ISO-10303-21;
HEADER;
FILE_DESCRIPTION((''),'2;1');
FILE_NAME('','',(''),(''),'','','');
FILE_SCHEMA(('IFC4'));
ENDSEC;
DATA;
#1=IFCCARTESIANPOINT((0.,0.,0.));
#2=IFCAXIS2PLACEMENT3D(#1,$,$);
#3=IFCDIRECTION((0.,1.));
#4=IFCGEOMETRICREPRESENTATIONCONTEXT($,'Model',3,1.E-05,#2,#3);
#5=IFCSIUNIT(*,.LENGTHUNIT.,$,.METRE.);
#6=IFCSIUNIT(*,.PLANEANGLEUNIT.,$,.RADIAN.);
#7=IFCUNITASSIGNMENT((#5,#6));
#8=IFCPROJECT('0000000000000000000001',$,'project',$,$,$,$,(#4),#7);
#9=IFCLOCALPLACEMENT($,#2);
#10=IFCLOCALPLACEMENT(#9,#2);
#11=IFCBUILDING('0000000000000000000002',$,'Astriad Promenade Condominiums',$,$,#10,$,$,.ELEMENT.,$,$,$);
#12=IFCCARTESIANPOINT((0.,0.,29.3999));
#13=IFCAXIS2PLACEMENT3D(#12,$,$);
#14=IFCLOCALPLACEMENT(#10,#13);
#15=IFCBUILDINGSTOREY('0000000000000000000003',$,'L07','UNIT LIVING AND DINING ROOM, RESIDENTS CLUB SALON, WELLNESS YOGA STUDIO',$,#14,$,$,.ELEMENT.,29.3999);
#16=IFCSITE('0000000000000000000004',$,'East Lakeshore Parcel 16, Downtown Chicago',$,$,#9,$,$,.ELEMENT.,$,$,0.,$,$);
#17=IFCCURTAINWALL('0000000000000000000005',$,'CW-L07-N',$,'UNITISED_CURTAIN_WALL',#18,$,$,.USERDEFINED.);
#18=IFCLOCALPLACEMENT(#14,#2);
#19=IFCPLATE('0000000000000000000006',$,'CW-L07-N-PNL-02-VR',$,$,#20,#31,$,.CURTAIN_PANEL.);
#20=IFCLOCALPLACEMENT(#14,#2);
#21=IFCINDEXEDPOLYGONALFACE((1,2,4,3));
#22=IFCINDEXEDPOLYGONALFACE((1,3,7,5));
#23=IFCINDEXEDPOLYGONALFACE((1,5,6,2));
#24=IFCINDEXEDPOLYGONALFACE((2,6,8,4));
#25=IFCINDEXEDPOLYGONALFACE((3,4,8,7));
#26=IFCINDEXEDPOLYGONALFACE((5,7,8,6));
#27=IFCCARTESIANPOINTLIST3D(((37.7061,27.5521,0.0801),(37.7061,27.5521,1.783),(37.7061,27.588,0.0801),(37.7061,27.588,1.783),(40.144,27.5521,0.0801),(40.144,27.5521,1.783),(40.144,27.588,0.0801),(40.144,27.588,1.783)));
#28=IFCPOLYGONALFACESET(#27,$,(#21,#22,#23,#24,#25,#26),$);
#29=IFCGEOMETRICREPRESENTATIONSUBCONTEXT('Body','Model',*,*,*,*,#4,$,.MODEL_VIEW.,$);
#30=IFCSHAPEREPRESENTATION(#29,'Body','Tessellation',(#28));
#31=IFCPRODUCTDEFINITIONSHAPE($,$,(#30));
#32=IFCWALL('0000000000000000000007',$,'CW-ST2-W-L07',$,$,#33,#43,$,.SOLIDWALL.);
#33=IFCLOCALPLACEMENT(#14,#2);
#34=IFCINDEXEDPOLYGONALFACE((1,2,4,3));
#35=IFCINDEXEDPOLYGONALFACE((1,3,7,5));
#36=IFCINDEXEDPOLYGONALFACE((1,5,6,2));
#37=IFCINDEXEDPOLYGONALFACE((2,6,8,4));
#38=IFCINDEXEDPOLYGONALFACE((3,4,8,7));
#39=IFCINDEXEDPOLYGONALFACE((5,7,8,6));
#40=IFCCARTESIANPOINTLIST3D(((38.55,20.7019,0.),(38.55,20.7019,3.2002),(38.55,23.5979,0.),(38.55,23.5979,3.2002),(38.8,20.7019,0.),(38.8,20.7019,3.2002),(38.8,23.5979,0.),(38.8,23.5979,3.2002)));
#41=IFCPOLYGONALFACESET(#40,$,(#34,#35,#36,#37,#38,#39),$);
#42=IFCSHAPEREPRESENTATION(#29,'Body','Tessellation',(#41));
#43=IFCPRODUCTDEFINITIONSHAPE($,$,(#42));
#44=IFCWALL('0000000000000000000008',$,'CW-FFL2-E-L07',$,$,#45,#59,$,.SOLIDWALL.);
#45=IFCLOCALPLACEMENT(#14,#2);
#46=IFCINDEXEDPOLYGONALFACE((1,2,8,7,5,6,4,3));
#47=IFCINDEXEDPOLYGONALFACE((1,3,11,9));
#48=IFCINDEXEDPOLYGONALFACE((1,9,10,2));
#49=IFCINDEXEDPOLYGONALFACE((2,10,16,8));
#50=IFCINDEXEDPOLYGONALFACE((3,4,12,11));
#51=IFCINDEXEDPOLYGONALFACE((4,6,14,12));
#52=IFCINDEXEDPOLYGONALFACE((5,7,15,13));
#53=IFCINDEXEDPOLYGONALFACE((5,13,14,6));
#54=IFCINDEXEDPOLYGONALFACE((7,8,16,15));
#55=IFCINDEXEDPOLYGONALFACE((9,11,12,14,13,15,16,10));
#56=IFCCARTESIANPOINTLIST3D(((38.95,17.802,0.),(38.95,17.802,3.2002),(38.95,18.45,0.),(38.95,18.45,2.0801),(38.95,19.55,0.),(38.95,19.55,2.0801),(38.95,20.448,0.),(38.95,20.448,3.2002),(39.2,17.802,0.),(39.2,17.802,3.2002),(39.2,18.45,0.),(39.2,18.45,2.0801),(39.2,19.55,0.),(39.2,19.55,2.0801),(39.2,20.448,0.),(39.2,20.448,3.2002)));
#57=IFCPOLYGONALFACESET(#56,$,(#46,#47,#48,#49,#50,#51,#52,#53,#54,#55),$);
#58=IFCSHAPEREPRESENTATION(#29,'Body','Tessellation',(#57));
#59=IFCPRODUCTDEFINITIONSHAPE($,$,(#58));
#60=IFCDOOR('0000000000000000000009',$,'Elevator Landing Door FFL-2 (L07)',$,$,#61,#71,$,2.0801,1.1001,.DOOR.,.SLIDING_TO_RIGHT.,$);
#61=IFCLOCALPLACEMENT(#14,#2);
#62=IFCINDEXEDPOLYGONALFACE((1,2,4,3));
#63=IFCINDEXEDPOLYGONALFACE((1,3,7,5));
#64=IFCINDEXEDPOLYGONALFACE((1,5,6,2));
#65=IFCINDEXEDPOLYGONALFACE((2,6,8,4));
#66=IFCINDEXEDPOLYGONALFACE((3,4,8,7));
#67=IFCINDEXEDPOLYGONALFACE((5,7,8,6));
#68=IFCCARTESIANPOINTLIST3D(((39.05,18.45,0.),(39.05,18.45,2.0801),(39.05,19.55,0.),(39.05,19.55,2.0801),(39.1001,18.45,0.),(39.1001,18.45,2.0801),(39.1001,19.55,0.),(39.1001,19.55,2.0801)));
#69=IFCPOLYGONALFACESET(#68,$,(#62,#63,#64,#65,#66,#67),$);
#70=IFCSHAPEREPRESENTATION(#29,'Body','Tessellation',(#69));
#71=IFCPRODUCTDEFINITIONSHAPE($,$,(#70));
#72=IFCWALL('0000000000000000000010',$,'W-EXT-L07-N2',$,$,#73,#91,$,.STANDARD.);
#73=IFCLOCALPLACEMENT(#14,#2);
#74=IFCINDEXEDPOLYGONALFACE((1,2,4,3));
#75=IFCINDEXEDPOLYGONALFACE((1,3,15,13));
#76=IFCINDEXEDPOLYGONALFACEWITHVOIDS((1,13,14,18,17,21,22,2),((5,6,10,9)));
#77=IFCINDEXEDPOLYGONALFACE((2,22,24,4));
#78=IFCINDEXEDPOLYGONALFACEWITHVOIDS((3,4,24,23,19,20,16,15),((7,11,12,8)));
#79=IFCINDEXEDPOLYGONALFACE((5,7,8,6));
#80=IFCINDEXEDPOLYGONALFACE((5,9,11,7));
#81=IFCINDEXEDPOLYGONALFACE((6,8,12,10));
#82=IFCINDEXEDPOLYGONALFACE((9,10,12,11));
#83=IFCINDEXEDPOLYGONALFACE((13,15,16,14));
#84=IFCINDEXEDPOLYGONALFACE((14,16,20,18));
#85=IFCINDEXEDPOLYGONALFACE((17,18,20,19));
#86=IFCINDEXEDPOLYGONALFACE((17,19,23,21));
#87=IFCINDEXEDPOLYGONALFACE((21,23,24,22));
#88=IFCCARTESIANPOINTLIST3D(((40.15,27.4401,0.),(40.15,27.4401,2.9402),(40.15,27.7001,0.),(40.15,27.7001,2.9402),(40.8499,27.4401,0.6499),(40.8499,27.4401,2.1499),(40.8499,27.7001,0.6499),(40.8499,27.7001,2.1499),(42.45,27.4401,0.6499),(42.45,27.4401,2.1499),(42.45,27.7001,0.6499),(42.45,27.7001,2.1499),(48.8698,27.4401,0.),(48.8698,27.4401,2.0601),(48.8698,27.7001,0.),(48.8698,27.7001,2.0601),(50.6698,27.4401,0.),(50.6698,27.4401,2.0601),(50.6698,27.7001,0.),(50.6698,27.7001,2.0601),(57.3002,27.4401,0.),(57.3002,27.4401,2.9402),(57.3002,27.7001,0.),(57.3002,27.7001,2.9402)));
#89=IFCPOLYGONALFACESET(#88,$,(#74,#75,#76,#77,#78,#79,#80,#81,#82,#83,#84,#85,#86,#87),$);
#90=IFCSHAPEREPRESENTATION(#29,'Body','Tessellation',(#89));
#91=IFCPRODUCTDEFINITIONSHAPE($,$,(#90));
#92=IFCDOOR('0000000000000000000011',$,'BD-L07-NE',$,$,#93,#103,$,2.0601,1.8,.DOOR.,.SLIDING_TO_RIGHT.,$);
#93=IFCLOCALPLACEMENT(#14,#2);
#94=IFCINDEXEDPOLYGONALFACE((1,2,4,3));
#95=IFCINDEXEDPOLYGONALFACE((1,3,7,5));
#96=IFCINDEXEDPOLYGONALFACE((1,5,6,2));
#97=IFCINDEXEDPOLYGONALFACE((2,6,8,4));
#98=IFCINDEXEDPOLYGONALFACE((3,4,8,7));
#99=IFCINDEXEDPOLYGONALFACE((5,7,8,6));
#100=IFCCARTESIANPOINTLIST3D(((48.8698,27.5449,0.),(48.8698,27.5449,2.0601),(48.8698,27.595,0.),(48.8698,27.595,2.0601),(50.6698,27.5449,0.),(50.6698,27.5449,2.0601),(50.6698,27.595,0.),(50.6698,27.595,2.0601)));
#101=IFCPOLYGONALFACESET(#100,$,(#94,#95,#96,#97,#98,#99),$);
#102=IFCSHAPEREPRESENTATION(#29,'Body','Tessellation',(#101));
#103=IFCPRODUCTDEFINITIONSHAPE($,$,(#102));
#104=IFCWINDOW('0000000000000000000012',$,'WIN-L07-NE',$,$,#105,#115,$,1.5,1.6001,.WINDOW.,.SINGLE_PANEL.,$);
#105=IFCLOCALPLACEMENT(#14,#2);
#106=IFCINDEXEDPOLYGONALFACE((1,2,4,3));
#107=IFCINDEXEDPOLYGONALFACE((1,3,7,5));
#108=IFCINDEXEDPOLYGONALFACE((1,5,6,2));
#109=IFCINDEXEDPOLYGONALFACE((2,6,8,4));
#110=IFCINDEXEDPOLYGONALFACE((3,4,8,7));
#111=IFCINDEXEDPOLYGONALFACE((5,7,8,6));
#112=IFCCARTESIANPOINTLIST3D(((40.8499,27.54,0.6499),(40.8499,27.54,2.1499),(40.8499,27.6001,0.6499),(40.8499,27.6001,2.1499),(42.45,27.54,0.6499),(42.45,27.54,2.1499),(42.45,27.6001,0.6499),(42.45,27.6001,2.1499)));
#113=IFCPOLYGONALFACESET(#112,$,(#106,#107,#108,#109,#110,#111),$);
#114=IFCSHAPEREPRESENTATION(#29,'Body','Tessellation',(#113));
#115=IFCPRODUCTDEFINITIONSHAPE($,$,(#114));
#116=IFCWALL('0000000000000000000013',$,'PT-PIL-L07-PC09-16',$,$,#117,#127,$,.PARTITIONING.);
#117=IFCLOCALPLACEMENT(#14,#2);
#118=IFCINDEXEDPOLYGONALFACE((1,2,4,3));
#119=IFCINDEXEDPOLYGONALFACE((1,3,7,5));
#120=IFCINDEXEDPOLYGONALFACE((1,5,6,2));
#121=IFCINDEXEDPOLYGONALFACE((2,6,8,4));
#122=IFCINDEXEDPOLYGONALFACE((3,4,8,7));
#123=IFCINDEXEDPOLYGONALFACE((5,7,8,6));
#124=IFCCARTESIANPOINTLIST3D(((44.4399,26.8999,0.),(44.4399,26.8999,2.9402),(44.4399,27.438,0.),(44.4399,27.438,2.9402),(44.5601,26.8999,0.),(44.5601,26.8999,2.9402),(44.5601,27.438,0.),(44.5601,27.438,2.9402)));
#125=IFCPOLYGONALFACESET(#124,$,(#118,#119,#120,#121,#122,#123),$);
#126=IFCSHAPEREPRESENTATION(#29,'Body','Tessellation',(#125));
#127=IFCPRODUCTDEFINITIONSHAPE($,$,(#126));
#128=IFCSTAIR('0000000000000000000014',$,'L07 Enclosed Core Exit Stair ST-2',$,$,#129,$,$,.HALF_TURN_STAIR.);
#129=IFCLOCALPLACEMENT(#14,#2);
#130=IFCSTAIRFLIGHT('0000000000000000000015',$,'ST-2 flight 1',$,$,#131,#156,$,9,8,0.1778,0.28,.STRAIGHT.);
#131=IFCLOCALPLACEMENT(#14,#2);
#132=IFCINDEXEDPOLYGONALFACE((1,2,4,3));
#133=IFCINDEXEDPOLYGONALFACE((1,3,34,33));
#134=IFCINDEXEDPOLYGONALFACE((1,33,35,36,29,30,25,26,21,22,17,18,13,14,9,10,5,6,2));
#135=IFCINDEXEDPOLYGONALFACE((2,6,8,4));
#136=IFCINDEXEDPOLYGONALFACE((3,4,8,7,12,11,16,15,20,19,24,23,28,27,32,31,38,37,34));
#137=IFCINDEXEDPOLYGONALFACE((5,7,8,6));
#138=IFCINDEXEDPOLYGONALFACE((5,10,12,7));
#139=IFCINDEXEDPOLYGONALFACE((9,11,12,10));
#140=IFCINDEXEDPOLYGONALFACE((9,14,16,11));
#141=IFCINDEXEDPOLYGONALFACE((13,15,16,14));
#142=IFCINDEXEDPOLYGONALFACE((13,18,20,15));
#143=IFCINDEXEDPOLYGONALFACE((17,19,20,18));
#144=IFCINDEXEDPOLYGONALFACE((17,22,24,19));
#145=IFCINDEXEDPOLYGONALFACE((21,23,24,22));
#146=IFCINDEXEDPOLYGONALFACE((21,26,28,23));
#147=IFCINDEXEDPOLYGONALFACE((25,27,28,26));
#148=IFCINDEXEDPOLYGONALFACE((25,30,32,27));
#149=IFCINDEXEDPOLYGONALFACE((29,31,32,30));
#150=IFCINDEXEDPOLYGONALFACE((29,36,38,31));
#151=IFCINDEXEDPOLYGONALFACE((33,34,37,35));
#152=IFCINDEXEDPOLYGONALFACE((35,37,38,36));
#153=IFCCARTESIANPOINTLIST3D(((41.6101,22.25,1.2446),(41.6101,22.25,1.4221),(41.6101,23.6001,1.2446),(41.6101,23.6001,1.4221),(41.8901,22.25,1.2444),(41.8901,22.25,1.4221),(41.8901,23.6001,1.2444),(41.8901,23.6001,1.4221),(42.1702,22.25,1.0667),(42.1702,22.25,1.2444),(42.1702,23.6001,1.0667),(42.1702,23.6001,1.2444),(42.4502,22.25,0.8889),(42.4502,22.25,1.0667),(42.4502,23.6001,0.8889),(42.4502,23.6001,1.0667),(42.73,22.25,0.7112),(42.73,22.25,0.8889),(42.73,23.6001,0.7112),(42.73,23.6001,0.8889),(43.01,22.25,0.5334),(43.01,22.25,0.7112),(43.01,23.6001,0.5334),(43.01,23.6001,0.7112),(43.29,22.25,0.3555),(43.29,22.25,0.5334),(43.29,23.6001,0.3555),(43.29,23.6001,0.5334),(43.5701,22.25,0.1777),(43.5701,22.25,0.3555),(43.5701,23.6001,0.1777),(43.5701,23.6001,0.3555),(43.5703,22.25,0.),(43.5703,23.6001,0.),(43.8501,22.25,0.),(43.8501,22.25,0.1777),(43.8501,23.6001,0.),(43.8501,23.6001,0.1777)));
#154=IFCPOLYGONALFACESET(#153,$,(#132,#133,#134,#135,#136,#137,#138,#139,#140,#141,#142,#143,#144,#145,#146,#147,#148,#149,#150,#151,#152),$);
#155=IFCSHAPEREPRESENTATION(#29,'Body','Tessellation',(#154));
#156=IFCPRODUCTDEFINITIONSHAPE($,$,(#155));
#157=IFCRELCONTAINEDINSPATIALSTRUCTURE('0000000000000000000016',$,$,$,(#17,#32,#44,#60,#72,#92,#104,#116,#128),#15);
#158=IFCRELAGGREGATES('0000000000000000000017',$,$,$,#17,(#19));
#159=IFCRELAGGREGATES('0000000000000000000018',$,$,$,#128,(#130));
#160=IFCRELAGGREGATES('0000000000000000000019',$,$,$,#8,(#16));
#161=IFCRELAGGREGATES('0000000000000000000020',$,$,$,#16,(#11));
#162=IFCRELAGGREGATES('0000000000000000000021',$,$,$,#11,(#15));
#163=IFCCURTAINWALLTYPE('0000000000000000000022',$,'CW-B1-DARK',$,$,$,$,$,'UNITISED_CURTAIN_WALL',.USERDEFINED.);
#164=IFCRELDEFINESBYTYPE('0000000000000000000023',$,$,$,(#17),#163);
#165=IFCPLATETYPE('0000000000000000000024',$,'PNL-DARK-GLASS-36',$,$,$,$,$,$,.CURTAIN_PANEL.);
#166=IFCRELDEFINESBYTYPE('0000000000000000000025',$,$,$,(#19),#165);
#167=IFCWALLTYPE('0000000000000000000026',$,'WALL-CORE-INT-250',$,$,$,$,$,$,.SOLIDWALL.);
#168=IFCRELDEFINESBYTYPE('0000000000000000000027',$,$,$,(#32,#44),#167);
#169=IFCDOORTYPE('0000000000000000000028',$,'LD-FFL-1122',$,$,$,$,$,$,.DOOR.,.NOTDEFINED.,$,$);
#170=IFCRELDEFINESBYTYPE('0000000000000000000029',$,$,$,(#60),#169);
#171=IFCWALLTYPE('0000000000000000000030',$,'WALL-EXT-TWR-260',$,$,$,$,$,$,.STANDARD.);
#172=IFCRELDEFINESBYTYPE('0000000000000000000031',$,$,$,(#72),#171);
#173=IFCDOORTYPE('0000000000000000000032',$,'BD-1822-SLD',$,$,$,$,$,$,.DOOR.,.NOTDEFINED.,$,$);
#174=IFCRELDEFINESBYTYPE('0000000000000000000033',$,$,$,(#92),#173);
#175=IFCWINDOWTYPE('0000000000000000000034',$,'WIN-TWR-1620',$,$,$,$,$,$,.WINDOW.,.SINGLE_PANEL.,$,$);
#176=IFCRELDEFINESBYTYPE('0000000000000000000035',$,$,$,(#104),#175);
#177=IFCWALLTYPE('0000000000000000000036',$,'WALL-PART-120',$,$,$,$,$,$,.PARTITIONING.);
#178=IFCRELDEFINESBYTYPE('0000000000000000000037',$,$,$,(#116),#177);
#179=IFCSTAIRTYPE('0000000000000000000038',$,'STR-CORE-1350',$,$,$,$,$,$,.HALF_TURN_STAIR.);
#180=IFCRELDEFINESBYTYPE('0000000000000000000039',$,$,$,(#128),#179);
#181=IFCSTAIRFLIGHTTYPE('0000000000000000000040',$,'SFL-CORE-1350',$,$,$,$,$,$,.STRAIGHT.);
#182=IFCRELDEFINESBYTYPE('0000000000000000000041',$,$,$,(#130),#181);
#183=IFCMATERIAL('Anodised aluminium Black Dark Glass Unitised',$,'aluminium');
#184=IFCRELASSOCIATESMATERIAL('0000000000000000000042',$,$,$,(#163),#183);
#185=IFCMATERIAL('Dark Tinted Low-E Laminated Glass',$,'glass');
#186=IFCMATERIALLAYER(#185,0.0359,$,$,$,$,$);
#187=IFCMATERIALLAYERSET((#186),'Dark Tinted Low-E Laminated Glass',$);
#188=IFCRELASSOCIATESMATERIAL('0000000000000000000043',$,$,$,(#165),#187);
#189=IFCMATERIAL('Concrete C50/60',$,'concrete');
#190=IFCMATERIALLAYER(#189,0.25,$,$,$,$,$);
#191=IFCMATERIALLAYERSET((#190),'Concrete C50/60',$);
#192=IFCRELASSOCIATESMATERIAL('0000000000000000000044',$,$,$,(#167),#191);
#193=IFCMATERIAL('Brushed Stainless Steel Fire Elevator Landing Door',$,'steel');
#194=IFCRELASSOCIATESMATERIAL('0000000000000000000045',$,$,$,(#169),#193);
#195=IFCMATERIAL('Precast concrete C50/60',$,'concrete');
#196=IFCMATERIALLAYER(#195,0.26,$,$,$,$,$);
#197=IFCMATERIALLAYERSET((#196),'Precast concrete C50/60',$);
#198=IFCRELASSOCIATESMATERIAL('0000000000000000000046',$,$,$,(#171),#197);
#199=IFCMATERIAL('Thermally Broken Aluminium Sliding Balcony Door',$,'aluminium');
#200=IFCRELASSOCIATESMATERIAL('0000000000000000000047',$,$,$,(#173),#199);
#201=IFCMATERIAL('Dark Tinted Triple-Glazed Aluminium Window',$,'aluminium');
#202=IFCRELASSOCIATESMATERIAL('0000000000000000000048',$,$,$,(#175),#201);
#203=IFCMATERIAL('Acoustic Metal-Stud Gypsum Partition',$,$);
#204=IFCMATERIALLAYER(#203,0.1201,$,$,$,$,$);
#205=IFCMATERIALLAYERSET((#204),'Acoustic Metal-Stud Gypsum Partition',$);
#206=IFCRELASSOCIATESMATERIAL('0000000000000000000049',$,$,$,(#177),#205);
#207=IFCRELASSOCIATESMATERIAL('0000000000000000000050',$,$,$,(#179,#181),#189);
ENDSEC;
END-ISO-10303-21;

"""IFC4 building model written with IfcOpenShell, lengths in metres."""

from ifc_helpers import new_model, si_unit, direction, frame, frame_2d, origin, origin_2d, place, context, subcontext, project, spatial, polyline, rectangle, outline, extrude, source, transform, mapped, material, layer, layer_set, type_object, type_shapes, element, fill, aggregate, save


model = new_model("IFC4")

# Units and contexts
model_context = context("Model", 3, precision=1e-05, world=origin(), true_north=direction((0.0, 1.0)))
body_context = subcontext(model_context, "Body", "Model", "MODEL_VIEW")
ifc_project = project(units=[si_unit("LENGTHUNIT", "METRE"), si_unit("PLANEANGLEUNIT", "RADIAN")], contexts=[model_context])

# Site, building, storey
site_placement = place(None, origin())
site = spatial("IfcSite", under=ifc_project, at=site_placement, Name="East Lakeshore Parcel 16, Downtown Chicago", CompositionType="ELEMENT", RefElevation=0.0)
building_placement = place(site_placement, origin())
building = spatial("IfcBuilding", under=site, at=building_placement, Name="Astriad Promenade Condominiums", CompositionType="ELEMENT")
storey_placement = place(building_placement, frame((0.0, 0.0, 29.3999)))
storey = spatial("IfcBuildingStorey", under=building, at=storey_placement, Name="L07", Description="UNIT LIVING AND DINING ROOM, RESIDENTS CLUB SALON, WELLNESS YOGA STUDIO", CompositionType="ELEMENT", Elevation=29.3999)

# Curtain wall, plate
ifc_material_1 = material(Name="Anodised aluminium Black Dark Glass Unitised", Category="aluminium")
curtain_wall_type = type_object("IfcCurtainWallType", Name="CW-B1-DARK", ElementType="UNITISED_CURTAIN_WALL", PredefinedType="USERDEFINED", material=ifc_material_1)
curtain_wall_placement = place(storey_placement, origin())
curtain_wall = element("IfcCurtainWall", 1, at=curtain_wall_placement, inside=storey, type_object=curtain_wall_type, Name="CW-L07-N", ObjectType="UNITISED_CURTAIN_WALL", PredefinedType="USERDEFINED")
ifc_material_2 = material(Name="Dark Tinted Low-E Laminated Glass", Category="glass")
ifc_layer_1 = layer(ifc_material_2, 0.0359)
ifc_layer_set_1 = layer_set([ifc_layer_1], Name="Dark Tinted Low-E Laminated Glass")
plate_type = type_object("IfcPlateType", Name="PNL-DARK-GLASS-36", PredefinedType="CURTAIN_PANEL", material=ifc_layer_set_1)
shared_shape_1 = source(origin(), body_context, "Body", "SweptSolid", [
    extrude(rectangle(XDim=2.438, YDim=0.0359, at=origin_2d()), origin(), (0.0, 0.0, 1.0), 1.7029),
])
type_shapes(plate_type, [shared_shape_1])
plate_placement = place(storey_placement, frame((38.925, 27.5701, 0.0801), z_axis=(0.0, 0.0, 1.0), x_axis=(1.0, 0.0, 0.0)))
plate = element("IfcPlate", 2, at=plate_placement, type_object=plate_type, Name="CW-L07-N-PNL-02-VR", PredefinedType="CURTAIN_PANEL", context=body_context, shape_type="MappedRepresentation", body=[
    mapped(shared_shape_1, transform((0.0, 0.0, 0.0), scale=1.0)),
])
aggregate(curtain_wall, [plate])

# Wall
ifc_material_3 = material(Name="Concrete C50/60", Category="concrete")
ifc_layer_2 = layer(ifc_material_3, 0.25)
ifc_layer_set_2 = layer_set([ifc_layer_2], Name="Concrete C50/60")
wall_type_1 = type_object("IfcWallType", Name="WALL-CORE-INT-250", PredefinedType="SOLIDWALL", material=ifc_layer_set_2)
wall_1_placement = place(storey_placement, frame((38.675, 20.7019, 0.0), z_axis=(0.0, 0.0, 1.0), x_axis=(0.0, 1.0, 0.0)))
element("IfcWall", 3, at=wall_1_placement, inside=storey, type_object=wall_type_1, Name="CW-ST2-W-L07", PredefinedType="SOLIDWALL", context=body_context, shape_type="SweptSolid", body=[
    extrude(rectangle(XDim=2.896, YDim=0.25, at=frame_2d((1.448, 0.0))), origin(), (0.0, 0.0, 1.0), 3.2002),
])

# Wall, opening, door
wall_2_placement = place(storey_placement, frame((39.075, 17.802, 0.0), z_axis=(0.0, 0.0, 1.0), x_axis=(0.0, 1.0, 0.0)))
wall_2 = element("IfcWall", 4, at=wall_2_placement, inside=storey, type_object=wall_type_1, Name="CW-FFL2-E-L07", PredefinedType="SOLIDWALL", context=body_context, shape_type="SweptSolid", body=[
    extrude(rectangle(XDim=2.646, YDim=0.25, at=frame_2d((1.323, 0.0))), origin(), (0.0, 0.0, 1.0), 3.2002),
])
opening_1_placement = place(wall_2_placement, frame((0.6479, 0.0, 0.0)))
opening_1 = element("IfcOpeningElement", 5, at=opening_1_placement, cuts=wall_2, PredefinedType="OPENING", context=body_context, shape_type="SweptSolid", body=[
    extrude(rectangle(XDim=1.1001, YDim=2.0801, at=frame_2d((0.55, 1.04))), frame((0.0, 0.135, 0.0), z_axis=(0.0, -1.0, 0.0), x_axis=(1.0, 0.0, 0.0)), (0.0, 0.0, 1.0), 0.27),
])
ifc_material_4 = material(Name="Brushed Stainless Steel Fire Elevator Landing Door", Category="steel")
door_type_1 = type_object("IfcDoorType", Name="LD-FFL-1122", OperationType="NOTDEFINED", PredefinedType="DOOR", material=ifc_material_4)
shared_shape_2 = source(origin(), body_context, "Body", "SweptSolid", [
    extrude(rectangle(XDim=1.1001, YDim=2.0801, at=frame_2d((0.55, 1.04))), frame((0.0, 0.0249, 0.0), z_axis=(0.0, -1.0, 0.0), x_axis=(1.0, 0.0, 0.0)), (0.0, 0.0, 1.0), 0.05),
])
type_shapes(door_type_1, [shared_shape_2])
door_1_placement = place(opening_1_placement, origin())
door_1 = element("IfcDoor", 6, at=door_1_placement, inside=storey, type_object=door_type_1, Name="Elevator Landing Door FFL-2 (L07)", OperationType="SLIDING_TO_RIGHT", OverallHeight=2.0801, OverallWidth=1.1001, PredefinedType="DOOR", context=body_context, shape_type="MappedRepresentation", body=[
    mapped(shared_shape_2, transform((0.0, 0.0, 0.0), scale=1.0)),
])
fill(opening_1, door_1)

# Wall, openings, door, window
ifc_material_5 = material(Name="Precast concrete C50/60", Category="concrete")
ifc_layer_3 = layer(ifc_material_5, 0.26)
ifc_layer_set_3 = layer_set([ifc_layer_3], Name="Precast concrete C50/60")
wall_type_2 = type_object("IfcWallType", Name="WALL-EXT-TWR-260", PredefinedType="STANDARD", material=ifc_layer_set_3)
wall_3_placement = place(storey_placement, frame((40.1499, 27.5701, 0.0), z_axis=(0.0, 0.0, 1.0), x_axis=(1.0, 0.0, 0.0)))
wall_3 = element("IfcWall", 7, at=wall_3_placement, inside=storey, type_object=wall_type_2, Name="W-EXT-L07-N2", PredefinedType="STANDARD", context=body_context, shape_type="SweptSolid", body=[
    extrude(rectangle(XDim=17.1501, YDim=0.26, at=frame_2d((8.5752, 0.0))), origin(), (0.0, 0.0, 1.0), 2.9402),
])
opening_2_placement = place(wall_3_placement, frame((8.72, 0.0, 0.0)))
opening_2 = element("IfcOpeningElement", 8, at=opening_2_placement, cuts=wall_3, PredefinedType="OPENING", context=body_context, shape_type="SweptSolid", body=[
    extrude(rectangle(XDim=1.8, YDim=2.0601, at=frame_2d((0.8999, 1.03))), frame((0.0, 0.1399, 0.0), z_axis=(0.0, -1.0, 0.0), x_axis=(1.0, 0.0, 0.0)), (0.0, 0.0, 1.0), 0.28),
])
opening_3_placement = place(wall_3_placement, frame((0.7, 0.0, 0.6499)))
opening_3 = element("IfcOpeningElement", 9, at=opening_3_placement, cuts=wall_3, PredefinedType="OPENING", context=body_context, shape_type="SweptSolid", body=[
    extrude(rectangle(XDim=1.6001, YDim=1.5, at=frame_2d((0.8, 0.75))), frame((0.0, 0.1399, 0.0), z_axis=(0.0, -1.0, 0.0), x_axis=(1.0, 0.0, 0.0)), (0.0, 0.0, 1.0), 0.28),
])
ifc_material_6 = material(Name="Thermally Broken Aluminium Sliding Balcony Door", Category="aluminium")
door_type_2 = type_object("IfcDoorType", Name="BD-1822-SLD", OperationType="NOTDEFINED", PredefinedType="DOOR", material=ifc_material_6)
shared_shape_3 = source(origin(), body_context, "Body", "SweptSolid", [
    extrude(rectangle(XDim=1.8, YDim=2.0601, at=frame_2d((0.8999, 1.03))), frame((0.0, 0.0249, 0.0), z_axis=(0.0, -1.0, 0.0), x_axis=(1.0, 0.0, 0.0)), (0.0, 0.0, 1.0), 0.05),
])
type_shapes(door_type_2, [shared_shape_3])
door_2_placement = place(opening_2_placement, origin())
door_2 = element("IfcDoor", 10, at=door_2_placement, inside=storey, type_object=door_type_2, Name="BD-L07-NE", OperationType="SLIDING_TO_RIGHT", OverallHeight=2.0601, OverallWidth=1.8, PredefinedType="DOOR", context=body_context, shape_type="MappedRepresentation", body=[
    mapped(shared_shape_3, transform((0.0, 0.0, 0.0), scale=1.0)),
])
fill(opening_2, door_2)
ifc_material_7 = material(Name="Dark Tinted Triple-Glazed Aluminium Window", Category="aluminium")
window_type = type_object("IfcWindowType", Name="WIN-TWR-1620", PartitioningType="SINGLE_PANEL", PredefinedType="WINDOW", material=ifc_material_7)
shared_shape_4 = source(origin(), body_context, "Body", "SweptSolid", [
    extrude(rectangle(XDim=1.6001, YDim=1.5, at=frame_2d((0.8, 0.75))), frame((0.0, 0.03, 0.0), z_axis=(0.0, -1.0, 0.0), x_axis=(1.0, 0.0, 0.0)), (0.0, 0.0, 1.0), 0.0601),
])
type_shapes(window_type, [shared_shape_4])
window_placement = place(opening_3_placement, origin())
window = element("IfcWindow", 11, at=window_placement, inside=storey, type_object=window_type, Name="WIN-L07-NE", OverallHeight=1.5, OverallWidth=1.6001, PartitioningType="SINGLE_PANEL", PredefinedType="WINDOW", context=body_context, shape_type="MappedRepresentation", body=[
    mapped(shared_shape_4, transform((0.0, 0.0, 0.0), scale=1.0)),
])
fill(opening_3, window)

# Wall
ifc_material_8 = material(Name="Acoustic Metal-Stud Gypsum Partition")
ifc_layer_4 = layer(ifc_material_8, 0.1201)
ifc_layer_set_4 = layer_set([ifc_layer_4], Name="Acoustic Metal-Stud Gypsum Partition")
wall_type_3 = type_object("IfcWallType", Name="WALL-PART-120", PredefinedType="PARTITIONING", material=ifc_layer_set_4)
wall_4_placement = place(storey_placement, frame((44.5, 26.8999, 0.0), z_axis=(0.0, 0.0, 1.0), x_axis=(0.0, 1.0, 0.0)))
element("IfcWall", 12, at=wall_4_placement, inside=storey, type_object=wall_type_3, Name="PT-PIL-L07-PC09-16", PredefinedType="PARTITIONING", context=body_context, shape_type="SweptSolid", body=[
    extrude(rectangle(XDim=0.5381, YDim=0.1201, at=frame_2d((0.269, 0.0))), origin(), (0.0, 0.0, 1.0), 2.9402),
])

# Stair, stair flight
stair_type = type_object("IfcStairType", Name="STR-CORE-1350", PredefinedType="HALF_TURN_STAIR", material=ifc_material_3)
stair_placement = place(storey_placement, origin())
stair = element("IfcStair", 13, at=stair_placement, inside=storey, type_object=stair_type, Name="L07 Enclosed Core Exit Stair ST-2", PredefinedType="HALF_TURN_STAIR")
stair_flight_type = type_object("IfcStairFlightType", Name="SFL-CORE-1350", PredefinedType="STRAIGHT", material=ifc_material_3)
shared_shape_5 = source(origin(), body_context, "Body", "SweptSolid", [
    extrude(outline(polyline([(0.0, 0.0), (0.0, 0.1777), (0.28, 0.1777), (0.28, 0.3555), (0.5601, 0.3555), (0.5601, 0.5334), (0.8401, 0.5334), (0.8401, 0.7112), (1.1201, 0.7112), (1.1201, 0.8889), (1.3999, 0.8889), (1.3999, 1.0667), (1.6799, 1.0667), (1.6799, 1.2444), (1.96, 1.2444), (1.96, 1.4221), (2.24, 1.4221), (2.24, 1.6001), (2.24, 1.2446), (0.2798, 0.0), (0.0, 0.0)])), frame((0.0, 0.675, 0.0), z_axis=(0.0, -1.0, 0.0), x_axis=(1.0, 0.0, 0.0)), (0.0, 0.0, 1.0), 1.3501),
])
type_shapes(stair_flight_type, [shared_shape_5])
stair_flight_1_placement = place(storey_placement, frame((43.8501, 22.925, 0.0), z_axis=(0.0, 0.0, 1.0), x_axis=(-1.0, 0.0, 0.0)))
stair_flight_1 = element("IfcStairFlight", 14, at=stair_flight_1_placement, type_object=stair_flight_type, Name="ST-2 flight 1", NumberOfRisers=9, NumberOfTreads=8, PredefinedType="STRAIGHT", RiserHeight=0.1778, TreadLength=0.28, context=body_context, shape_type="MappedRepresentation", body=[
    mapped(shared_shape_5, transform((0.0, 0.0, 0.0), scale=1.0)),
])
aggregate(stair, [stair_flight_1])

save(model, "model.ifc")
